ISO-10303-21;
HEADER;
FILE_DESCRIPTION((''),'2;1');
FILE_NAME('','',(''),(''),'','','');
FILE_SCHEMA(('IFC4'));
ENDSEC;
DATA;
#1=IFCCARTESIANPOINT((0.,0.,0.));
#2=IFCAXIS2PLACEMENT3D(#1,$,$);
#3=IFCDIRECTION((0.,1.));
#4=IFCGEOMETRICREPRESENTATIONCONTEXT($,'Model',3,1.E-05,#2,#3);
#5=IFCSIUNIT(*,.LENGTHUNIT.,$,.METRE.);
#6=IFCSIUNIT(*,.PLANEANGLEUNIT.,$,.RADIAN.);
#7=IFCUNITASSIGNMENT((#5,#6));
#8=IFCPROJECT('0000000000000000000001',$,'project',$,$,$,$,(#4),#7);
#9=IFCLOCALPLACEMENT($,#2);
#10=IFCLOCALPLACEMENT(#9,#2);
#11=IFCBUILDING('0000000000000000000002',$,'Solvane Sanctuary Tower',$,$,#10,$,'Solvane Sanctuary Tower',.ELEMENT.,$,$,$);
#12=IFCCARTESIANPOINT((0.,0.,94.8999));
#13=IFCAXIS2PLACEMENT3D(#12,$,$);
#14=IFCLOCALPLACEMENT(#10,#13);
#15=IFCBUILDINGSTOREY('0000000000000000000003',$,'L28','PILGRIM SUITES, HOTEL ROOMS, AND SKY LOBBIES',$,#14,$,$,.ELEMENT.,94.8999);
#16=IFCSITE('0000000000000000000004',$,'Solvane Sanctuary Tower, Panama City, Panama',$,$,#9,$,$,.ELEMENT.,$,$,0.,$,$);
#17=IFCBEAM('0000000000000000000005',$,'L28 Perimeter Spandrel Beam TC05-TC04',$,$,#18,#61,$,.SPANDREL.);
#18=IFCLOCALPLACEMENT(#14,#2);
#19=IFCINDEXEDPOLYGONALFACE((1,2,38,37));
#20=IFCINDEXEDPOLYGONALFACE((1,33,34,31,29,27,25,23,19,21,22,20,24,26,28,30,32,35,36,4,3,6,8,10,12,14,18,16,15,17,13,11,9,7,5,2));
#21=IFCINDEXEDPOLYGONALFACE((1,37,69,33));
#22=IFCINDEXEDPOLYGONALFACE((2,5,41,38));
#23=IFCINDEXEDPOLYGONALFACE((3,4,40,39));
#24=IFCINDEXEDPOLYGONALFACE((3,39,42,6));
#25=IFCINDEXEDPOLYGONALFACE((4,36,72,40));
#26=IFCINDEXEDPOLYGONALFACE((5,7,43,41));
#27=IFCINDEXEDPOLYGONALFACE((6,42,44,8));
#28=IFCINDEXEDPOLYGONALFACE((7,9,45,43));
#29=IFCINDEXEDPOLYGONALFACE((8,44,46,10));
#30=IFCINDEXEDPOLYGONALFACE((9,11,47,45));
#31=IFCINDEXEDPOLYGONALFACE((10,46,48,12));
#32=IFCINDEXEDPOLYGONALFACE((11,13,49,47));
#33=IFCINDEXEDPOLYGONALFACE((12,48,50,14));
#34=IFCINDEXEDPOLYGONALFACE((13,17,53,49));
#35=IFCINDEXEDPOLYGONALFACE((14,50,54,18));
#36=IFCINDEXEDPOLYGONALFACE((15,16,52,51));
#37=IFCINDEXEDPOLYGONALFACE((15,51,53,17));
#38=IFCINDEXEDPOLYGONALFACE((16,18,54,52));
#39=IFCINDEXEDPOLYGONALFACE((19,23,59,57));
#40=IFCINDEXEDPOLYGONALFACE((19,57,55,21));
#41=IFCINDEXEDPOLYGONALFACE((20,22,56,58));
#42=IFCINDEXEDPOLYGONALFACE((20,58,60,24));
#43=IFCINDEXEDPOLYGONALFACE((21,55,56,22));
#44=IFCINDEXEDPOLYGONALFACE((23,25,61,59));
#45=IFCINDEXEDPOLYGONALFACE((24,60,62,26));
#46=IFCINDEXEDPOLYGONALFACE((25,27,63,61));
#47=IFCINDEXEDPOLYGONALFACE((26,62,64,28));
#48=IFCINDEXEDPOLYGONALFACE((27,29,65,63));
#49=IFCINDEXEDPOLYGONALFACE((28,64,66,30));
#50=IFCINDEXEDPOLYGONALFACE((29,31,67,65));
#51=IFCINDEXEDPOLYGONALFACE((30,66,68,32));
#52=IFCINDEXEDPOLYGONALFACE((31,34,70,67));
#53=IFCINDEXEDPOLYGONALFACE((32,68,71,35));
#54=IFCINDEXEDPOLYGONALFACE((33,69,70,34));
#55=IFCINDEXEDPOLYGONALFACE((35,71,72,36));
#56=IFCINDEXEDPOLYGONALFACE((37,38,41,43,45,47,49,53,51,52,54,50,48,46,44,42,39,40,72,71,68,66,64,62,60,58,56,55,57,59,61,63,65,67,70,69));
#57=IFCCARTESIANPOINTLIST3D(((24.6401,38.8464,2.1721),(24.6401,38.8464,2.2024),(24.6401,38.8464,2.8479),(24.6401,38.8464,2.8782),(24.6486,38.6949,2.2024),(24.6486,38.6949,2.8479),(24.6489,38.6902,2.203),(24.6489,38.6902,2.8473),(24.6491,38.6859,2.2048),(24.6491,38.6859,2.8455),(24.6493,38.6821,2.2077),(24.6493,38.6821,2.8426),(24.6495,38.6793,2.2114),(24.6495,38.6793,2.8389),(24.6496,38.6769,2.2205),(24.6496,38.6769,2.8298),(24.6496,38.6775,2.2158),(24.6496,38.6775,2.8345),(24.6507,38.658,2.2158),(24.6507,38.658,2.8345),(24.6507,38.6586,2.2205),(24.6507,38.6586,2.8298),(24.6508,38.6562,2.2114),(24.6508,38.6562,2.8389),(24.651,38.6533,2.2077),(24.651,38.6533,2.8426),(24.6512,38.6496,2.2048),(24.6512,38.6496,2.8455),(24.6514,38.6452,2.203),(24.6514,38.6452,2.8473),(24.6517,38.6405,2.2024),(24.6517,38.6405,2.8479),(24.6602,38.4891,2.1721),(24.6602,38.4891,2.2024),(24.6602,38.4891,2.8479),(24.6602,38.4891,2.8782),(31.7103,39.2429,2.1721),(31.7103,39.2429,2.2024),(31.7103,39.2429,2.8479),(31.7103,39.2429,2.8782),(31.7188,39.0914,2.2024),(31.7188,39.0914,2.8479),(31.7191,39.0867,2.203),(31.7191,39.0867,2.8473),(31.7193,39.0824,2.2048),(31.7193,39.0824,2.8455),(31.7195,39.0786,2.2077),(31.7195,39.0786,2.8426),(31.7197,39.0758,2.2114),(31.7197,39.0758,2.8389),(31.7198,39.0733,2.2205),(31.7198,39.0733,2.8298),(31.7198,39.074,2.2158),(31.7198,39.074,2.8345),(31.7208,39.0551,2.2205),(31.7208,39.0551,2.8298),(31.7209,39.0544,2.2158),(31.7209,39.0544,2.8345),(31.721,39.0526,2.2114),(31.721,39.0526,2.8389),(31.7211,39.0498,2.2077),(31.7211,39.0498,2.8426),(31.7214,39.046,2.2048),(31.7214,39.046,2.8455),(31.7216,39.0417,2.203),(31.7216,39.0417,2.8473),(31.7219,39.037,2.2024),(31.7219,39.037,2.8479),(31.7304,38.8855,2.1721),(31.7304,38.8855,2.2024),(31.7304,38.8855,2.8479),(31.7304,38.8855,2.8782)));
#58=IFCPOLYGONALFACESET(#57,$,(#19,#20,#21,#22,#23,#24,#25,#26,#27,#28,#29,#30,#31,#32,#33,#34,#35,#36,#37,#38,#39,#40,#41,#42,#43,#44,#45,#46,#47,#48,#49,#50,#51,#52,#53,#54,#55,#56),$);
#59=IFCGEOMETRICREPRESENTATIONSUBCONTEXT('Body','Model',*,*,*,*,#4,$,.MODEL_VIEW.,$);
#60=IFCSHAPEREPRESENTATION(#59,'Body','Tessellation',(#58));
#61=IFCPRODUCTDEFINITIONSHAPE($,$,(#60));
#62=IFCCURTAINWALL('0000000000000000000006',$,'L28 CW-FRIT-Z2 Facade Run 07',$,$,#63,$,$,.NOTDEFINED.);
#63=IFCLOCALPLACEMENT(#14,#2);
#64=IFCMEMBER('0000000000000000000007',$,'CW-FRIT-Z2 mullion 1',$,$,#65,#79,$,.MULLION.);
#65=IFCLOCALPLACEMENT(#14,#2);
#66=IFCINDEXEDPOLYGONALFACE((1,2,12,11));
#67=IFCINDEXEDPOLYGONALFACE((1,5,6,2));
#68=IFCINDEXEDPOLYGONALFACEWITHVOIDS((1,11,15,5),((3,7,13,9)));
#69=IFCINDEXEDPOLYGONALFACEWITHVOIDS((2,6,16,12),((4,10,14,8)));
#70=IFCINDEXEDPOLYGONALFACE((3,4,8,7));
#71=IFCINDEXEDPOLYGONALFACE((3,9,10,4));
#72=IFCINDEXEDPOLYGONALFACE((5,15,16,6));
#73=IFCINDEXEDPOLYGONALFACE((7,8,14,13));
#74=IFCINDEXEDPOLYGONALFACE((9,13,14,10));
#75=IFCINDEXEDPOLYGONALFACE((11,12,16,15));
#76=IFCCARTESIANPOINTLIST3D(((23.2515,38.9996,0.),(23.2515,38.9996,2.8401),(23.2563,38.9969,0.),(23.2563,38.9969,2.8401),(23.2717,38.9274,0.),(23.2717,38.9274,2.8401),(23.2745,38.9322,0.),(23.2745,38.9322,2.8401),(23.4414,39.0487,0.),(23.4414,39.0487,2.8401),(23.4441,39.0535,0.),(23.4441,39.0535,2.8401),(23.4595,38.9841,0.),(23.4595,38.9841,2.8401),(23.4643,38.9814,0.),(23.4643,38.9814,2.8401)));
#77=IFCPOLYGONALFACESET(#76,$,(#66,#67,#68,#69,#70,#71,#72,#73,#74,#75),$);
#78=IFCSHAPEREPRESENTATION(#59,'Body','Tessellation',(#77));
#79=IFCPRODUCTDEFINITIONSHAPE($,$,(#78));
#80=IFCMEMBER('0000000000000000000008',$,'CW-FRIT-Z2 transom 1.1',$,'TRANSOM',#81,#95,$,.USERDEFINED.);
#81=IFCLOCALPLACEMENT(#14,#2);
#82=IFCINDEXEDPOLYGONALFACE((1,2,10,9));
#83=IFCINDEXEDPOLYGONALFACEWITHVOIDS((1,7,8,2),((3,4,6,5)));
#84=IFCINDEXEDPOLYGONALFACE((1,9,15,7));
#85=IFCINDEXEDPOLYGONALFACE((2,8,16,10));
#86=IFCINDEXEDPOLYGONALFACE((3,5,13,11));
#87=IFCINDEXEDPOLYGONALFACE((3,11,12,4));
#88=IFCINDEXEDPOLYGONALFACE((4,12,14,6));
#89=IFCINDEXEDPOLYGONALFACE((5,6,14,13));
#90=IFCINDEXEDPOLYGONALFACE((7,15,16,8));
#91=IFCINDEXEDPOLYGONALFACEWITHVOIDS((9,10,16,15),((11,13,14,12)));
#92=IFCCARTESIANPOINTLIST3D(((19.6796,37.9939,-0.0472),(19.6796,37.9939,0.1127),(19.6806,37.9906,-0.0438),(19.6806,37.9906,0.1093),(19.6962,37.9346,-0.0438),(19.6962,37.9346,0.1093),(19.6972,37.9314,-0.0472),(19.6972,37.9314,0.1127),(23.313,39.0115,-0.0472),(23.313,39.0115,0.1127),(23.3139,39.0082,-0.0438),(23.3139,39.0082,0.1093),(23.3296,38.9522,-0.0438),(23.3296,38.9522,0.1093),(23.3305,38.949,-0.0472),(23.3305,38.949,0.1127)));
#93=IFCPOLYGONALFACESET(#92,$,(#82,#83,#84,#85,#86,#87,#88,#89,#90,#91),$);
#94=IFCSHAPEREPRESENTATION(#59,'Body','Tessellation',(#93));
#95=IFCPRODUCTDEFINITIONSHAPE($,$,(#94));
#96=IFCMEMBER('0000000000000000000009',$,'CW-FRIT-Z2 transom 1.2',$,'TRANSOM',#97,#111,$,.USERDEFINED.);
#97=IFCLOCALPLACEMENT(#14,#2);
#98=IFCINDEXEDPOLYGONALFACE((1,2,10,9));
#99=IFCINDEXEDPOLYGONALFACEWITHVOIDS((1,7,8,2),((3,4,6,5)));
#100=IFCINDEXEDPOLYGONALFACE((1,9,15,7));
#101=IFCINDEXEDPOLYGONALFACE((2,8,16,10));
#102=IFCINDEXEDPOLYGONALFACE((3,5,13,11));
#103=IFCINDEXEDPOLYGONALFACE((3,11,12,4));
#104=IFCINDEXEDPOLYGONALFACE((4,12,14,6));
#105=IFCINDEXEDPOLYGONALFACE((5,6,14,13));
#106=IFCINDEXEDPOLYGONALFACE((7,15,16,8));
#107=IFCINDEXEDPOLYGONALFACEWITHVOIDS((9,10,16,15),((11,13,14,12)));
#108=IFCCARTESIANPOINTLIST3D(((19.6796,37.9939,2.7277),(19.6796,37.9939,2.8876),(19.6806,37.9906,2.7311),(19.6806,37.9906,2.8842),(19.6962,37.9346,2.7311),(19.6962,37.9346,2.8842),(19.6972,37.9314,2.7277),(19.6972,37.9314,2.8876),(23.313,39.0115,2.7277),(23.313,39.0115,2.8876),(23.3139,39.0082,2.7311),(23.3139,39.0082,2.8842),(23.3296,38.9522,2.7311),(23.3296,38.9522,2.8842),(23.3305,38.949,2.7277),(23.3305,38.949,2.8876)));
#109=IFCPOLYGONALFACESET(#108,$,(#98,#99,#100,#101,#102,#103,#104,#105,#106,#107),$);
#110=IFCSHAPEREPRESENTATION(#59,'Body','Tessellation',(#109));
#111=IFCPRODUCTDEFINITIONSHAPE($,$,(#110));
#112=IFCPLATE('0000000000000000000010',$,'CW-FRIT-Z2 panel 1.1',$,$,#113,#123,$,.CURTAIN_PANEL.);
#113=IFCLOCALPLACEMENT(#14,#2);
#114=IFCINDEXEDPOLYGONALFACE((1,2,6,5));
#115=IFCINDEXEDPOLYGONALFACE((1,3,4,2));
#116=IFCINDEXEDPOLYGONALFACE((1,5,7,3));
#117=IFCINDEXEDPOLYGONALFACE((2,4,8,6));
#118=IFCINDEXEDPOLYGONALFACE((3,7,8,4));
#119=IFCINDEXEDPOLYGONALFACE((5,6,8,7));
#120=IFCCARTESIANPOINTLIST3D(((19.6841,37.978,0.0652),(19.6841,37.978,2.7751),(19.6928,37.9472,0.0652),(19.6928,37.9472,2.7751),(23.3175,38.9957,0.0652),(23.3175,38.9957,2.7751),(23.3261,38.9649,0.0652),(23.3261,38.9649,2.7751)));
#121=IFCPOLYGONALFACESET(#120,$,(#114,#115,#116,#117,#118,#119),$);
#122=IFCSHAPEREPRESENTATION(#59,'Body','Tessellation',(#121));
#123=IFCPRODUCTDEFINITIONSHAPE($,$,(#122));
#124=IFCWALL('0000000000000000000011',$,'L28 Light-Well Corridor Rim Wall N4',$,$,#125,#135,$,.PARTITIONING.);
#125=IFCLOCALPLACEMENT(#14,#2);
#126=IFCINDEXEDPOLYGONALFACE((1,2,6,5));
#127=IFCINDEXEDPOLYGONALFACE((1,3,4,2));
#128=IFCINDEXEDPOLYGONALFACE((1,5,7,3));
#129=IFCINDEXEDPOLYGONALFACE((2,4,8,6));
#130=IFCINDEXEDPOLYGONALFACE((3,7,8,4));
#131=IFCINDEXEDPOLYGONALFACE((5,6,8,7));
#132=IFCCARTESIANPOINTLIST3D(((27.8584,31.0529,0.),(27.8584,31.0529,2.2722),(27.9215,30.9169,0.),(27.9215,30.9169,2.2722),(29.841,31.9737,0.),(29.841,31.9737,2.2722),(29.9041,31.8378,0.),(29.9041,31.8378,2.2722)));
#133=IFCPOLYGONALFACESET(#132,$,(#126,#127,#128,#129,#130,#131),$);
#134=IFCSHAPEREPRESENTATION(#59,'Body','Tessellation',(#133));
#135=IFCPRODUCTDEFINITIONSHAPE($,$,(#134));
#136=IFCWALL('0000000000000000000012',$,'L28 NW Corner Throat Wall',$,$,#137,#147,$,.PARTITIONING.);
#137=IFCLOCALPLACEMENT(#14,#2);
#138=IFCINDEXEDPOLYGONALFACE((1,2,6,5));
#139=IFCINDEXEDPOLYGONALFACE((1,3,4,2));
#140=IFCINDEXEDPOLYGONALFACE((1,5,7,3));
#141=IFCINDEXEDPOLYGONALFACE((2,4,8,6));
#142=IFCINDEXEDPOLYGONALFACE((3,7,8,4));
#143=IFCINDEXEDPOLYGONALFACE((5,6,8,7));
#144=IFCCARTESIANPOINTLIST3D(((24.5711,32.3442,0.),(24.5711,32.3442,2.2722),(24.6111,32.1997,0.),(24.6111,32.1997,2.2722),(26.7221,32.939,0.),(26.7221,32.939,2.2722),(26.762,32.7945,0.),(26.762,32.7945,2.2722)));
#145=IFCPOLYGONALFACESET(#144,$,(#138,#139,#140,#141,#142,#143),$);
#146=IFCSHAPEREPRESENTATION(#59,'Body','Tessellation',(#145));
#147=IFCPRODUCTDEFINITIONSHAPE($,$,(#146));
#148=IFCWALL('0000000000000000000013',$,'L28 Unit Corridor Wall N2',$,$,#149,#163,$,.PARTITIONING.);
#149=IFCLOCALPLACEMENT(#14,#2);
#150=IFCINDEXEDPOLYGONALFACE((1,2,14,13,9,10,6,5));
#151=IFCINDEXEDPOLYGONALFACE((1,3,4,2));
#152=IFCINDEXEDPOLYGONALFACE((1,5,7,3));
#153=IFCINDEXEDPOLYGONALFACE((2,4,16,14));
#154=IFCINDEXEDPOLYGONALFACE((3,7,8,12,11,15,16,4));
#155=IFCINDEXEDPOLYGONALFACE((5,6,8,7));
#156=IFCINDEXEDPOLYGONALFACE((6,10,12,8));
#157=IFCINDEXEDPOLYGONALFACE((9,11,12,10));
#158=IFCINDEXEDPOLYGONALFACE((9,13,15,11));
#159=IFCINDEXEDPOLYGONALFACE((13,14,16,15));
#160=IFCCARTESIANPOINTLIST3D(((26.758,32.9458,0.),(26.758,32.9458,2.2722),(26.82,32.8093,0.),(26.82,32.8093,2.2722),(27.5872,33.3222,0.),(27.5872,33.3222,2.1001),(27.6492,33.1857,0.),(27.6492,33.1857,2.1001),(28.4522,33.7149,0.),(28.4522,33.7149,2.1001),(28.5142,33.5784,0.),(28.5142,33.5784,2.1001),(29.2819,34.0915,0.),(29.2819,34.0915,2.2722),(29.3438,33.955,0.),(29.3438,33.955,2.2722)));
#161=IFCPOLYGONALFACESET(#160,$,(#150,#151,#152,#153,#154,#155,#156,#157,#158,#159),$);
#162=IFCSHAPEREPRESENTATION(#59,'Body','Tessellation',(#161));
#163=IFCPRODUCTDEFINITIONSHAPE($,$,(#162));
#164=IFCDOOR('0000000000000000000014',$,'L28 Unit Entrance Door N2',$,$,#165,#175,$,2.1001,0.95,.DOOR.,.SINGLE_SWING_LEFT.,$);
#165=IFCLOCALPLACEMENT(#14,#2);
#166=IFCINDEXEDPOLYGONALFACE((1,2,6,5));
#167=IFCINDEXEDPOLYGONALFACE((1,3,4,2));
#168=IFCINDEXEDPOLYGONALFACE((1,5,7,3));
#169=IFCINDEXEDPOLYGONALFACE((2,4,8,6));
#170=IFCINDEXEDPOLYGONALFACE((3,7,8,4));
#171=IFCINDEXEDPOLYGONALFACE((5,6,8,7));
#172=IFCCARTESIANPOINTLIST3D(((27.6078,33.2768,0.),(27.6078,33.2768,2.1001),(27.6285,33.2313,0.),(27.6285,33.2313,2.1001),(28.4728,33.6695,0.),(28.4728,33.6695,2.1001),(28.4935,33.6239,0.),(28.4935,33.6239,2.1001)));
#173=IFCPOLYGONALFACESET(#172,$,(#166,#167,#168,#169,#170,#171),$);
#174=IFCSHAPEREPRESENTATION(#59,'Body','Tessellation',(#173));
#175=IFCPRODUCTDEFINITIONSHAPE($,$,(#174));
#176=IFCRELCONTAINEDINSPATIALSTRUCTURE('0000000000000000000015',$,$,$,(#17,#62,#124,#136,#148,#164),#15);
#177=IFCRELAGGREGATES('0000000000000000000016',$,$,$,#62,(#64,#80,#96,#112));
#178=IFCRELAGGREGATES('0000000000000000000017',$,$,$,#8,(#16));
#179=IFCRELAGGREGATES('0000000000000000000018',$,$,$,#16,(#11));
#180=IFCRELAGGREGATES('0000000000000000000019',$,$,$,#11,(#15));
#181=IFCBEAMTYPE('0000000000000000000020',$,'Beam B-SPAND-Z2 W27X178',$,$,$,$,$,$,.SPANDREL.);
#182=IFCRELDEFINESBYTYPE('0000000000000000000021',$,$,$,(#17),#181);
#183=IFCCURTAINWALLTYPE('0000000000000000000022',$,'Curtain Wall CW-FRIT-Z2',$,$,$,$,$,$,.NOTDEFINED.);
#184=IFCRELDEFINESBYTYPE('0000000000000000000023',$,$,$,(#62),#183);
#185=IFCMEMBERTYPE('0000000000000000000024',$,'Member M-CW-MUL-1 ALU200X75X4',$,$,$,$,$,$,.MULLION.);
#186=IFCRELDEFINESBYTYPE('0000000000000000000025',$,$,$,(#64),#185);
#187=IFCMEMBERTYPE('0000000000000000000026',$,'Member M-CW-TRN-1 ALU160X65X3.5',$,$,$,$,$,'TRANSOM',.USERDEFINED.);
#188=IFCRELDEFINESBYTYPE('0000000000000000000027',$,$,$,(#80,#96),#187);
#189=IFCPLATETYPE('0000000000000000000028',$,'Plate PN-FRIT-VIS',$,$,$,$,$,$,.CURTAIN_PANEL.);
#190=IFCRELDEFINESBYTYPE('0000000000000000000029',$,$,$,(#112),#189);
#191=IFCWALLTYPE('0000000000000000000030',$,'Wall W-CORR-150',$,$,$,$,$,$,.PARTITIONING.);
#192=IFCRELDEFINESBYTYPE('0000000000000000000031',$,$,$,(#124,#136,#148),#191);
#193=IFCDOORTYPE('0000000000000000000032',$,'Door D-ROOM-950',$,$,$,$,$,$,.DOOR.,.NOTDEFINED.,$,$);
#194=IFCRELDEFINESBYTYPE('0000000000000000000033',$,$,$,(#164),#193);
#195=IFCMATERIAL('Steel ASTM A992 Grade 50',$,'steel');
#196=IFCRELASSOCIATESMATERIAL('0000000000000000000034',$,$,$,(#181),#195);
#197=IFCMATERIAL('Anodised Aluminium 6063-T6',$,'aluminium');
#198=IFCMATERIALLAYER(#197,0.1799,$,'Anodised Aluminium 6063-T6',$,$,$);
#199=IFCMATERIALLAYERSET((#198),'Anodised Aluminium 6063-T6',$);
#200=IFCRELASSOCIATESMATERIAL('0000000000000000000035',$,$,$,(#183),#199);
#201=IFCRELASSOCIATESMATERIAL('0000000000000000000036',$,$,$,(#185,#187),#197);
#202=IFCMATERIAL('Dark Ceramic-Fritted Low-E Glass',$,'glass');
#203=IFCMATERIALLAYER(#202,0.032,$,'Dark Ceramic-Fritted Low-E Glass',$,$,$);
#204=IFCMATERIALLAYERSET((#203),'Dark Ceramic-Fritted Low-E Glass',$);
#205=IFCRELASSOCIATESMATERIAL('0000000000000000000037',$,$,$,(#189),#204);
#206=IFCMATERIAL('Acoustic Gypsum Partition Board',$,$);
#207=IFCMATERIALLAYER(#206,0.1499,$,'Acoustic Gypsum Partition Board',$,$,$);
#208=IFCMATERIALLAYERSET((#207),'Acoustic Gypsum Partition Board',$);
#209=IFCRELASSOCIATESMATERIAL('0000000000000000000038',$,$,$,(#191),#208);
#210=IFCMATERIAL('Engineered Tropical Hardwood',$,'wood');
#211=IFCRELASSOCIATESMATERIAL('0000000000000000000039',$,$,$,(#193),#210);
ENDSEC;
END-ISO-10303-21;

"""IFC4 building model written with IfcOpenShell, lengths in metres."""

from ifc_helpers import new_model, si_unit, direction, frame, frame_2d, origin, origin_2d, place, context, subcontext, project, spatial, rectangle, hollow_rectangle, i_section, extrude, material, layer, layer_set, material_profile, profile_set, type_object, element, fill, aggregate, save


model = new_model("IFC4")

# Units and contexts
model_context = context("Model", 3, precision=1e-05, world=origin(), true_north=direction((0.0, 1.0)))
body_context = subcontext(model_context, "Body", "Model", "MODEL_VIEW")
ifc_project = project(units=[si_unit("LENGTHUNIT", "METRE"), si_unit("PLANEANGLEUNIT", "RADIAN")], contexts=[model_context])

# Site, building, storey
site_placement = place(None, origin())
site = spatial("IfcSite", under=ifc_project, at=site_placement, Name="Solvane Sanctuary Tower, Panama City, Panama", CompositionType="ELEMENT", RefElevation=0.0)
building_placement = place(site_placement, origin())
building = spatial("IfcBuilding", under=site, at=building_placement, Name="Solvane Sanctuary Tower", LongName="Solvane Sanctuary Tower", CompositionType="ELEMENT")
storey_placement = place(building_placement, frame((0.0, 0.0, 94.8999)))
storey = spatial("IfcBuildingStorey", under=building, at=storey_placement, Name="L28", Description="PILGRIM SUITES, HOTEL ROOMS, AND SKY LOBBIES", CompositionType="ELEMENT", Elevation=94.8999)

# Beam
ifc_material_1 = material(Name="Steel ASTM A992 Grade 50", Category="steel")
ifc_material_profile_1 = material_profile(ifc_material_1, i_section(OverallWidth=0.3579, OverallDepth=0.7061, WebThickness=0.0183, FlangeThickness=0.0303, FilletRadius=0.0181, at=origin_2d()), Name="W27X178")
ifc_profile_set_1 = profile_set([ifc_material_profile_1], Name="Steel ASTM A992 Grade 50")
beam_type_1 = type_object("IfcBeamType", Name="Beam B-SPAND-Z2 W27X178", PredefinedType="SPANDREL", material=ifc_profile_set_1)
beam_1_placement = place(storey_placement, frame((24.6501, 38.6677, 2.5251), z_axis=(0.998431, 0.055989, 0.0), x_axis=(-0.055989, 0.998431, 0.0)))
element("IfcBeam", 1, at=beam_1_placement, inside=storey, type_object=beam_type_1, Name="L28 Perimeter Spandrel Beam TC05-TC04", PredefinedType="SPANDREL", context=body_context, shape_type="SweptSolid", body=[
    extrude(i_section(OverallWidth=0.3579, OverallDepth=0.7061, WebThickness=0.0183, FlangeThickness=0.0303, FilletRadius=0.0181, at=origin_2d()), origin(), (0.0, 0.0, 1.0), 7.0813),
])

# Curtain wall, members, plate
ifc_material_2 = material(Name="Anodised Aluminium 6063-T6", Category="aluminium")
ifc_layer_1 = layer(ifc_material_2, 0.1799, Name="Anodised Aluminium 6063-T6")
ifc_layer_set_1 = layer_set([ifc_layer_1], Name="Anodised Aluminium 6063-T6")
curtain_wall_type = type_object("IfcCurtainWallType", Name="Curtain Wall CW-FRIT-Z2", PredefinedType="NOTDEFINED", material=ifc_layer_set_1)
curtain_wall_placement = place(storey_placement, origin())
curtain_wall = element("IfcCurtainWall", 2, at=curtain_wall_placement, inside=storey, type_object=curtain_wall_type, Name="L28 CW-FRIT-Z2 Facade Run 07", PredefinedType="NOTDEFINED")
ifc_material_profile_2 = material_profile(ifc_material_2, hollow_rectangle(XDim=0.075, YDim=0.2, WallThickness=0.0039, at=origin_2d()), Name="ALU200X75X4")
ifc_profile_set_2 = profile_set([ifc_material_profile_2], Name="Anodised Aluminium 6063-T6")
member_type_1 = type_object("IfcMemberType", Name="Member M-CW-MUL-1 ALU200X75X4", PredefinedType="MULLION", material=ifc_profile_set_2)
member_1_placement = place(storey_placement, frame((23.3579, 38.9905, 0.0), z_axis=(0.0, 0.0, 1.0), x_axis=(0.269705, -0.962943, 0.0)))
member_1 = element("IfcMember", 3, at=member_1_placement, type_object=member_type_1, Name="CW-FRIT-Z2 mullion 1", PredefinedType="MULLION", context=body_context, shape_type="SweptSolid", body=[
    extrude(hollow_rectangle(XDim=0.075, YDim=0.2, WallThickness=0.0039, at=origin_2d()), origin(), (0.0, 0.0, 1.0), 2.8401),
])
ifc_material_profile_3 = material_profile(ifc_material_2, hollow_rectangle(XDim=0.0649, YDim=0.1599, WallThickness=0.0034, at=origin_2d()), Name="ALU160X65X3.5")
ifc_profile_set_3 = profile_set([ifc_material_profile_3], Name="Anodised Aluminium 6063-T6")
member_type_2 = type_object("IfcMemberType", Name="Member M-CW-TRN-1 ALU160X65X3.5", ElementType="TRANSOM", PredefinedType="USERDEFINED", material=ifc_profile_set_3)
member_2_placement = place(storey_placement, frame((23.3218, 38.9802, 0.0327), z_axis=(-0.962947, -0.269692, 0.0), x_axis=(0.269692, -0.962947, 0.0)))
member_2 = element("IfcMember", 4, at=member_2_placement, type_object=member_type_2, Name="CW-FRIT-Z2 transom 1.1", ObjectType="TRANSOM", PredefinedType="USERDEFINED", context=body_context, shape_type="SweptSolid", body=[
    extrude(hollow_rectangle(XDim=0.0649, YDim=0.1599, WallThickness=0.0034, at=origin_2d()), origin(), (0.0, 0.0, 1.0), 3.7732),
])
member_3_placement = place(storey_placement, frame((23.3218, 38.9802, 2.8076), z_axis=(-0.962947, -0.269692, 0.0), x_axis=(0.269692, -0.962947, 0.0)))
member_3 = element("IfcMember", 5, at=member_3_placement, type_object=member_type_2, Name="CW-FRIT-Z2 transom 1.2", ObjectType="TRANSOM", PredefinedType="USERDEFINED", context=body_context, shape_type="SweptSolid", body=[
    extrude(hollow_rectangle(XDim=0.0649, YDim=0.1599, WallThickness=0.0034, at=origin_2d()), origin(), (0.0, 0.0, 1.0), 3.7732),
])
ifc_material_3 = material(Name="Dark Ceramic-Fritted Low-E Glass", Category="glass")
ifc_layer_2 = layer(ifc_material_3, 0.032, Name="Dark Ceramic-Fritted Low-E Glass")
ifc_layer_set_2 = layer_set([ifc_layer_2], Name="Dark Ceramic-Fritted Low-E Glass")
plate_type = type_object("IfcPlateType", Name="Plate PN-FRIT-VIS", PredefinedType="CURTAIN_PANEL", material=ifc_layer_set_2)
plate_placement = place(storey_placement, frame((21.5051, 38.4714, 0.0652), z_axis=(0.0, 0.0, 1.0), x_axis=(-0.962943, -0.269705, 0.0)))
plate = element("IfcPlate", 6, at=plate_placement, type_object=plate_type, Name="CW-FRIT-Z2 panel 1.1", PredefinedType="CURTAIN_PANEL", context=body_context, shape_type="SweptSolid", body=[
    extrude(rectangle(XDim=3.7732, YDim=0.032, at=origin_2d()), origin(), (0.0, 0.0, 1.0), 2.71),
])
aggregate(curtain_wall, [member_1, member_2, member_3, plate])

# Walls
ifc_material_4 = material(Name="Acoustic Gypsum Partition Board")
ifc_layer_3 = layer(ifc_material_4, 0.1499, Name="Acoustic Gypsum Partition Board")
ifc_layer_set_3 = layer_set([ifc_layer_3], Name="Acoustic Gypsum Partition Board")
wall_type_1 = type_object("IfcWallType", Name="Wall W-CORR-150", PredefinedType="PARTITIONING", material=ifc_layer_set_3)
wall_1_placement = place(storey_placement, frame((29.8726, 31.9058, 0.0), z_axis=(0.0, 0.0, 1.0), x_axis=(-0.906943, -0.421252, 0.0)))
element("IfcWall", 7, at=wall_1_placement, inside=storey, type_object=wall_type_1, Name="L28 Light-Well Corridor Rim Wall N4", PredefinedType="PARTITIONING", context=body_context, shape_type="SweptSolid", body=[
    extrude(rectangle(XDim=2.186, YDim=0.1499, at=frame_2d((1.093, 0.0))), origin(), (0.0, 0.0, 1.0), 2.2722),
])
wall_2_placement = place(storey_placement, frame((26.7419, 32.8667, 0.0), z_axis=(0.0, 0.0, 1.0), x_axis=(-0.963834, -0.266504, 0.0)))
element("IfcWall", 8, at=wall_2_placement, inside=storey, type_object=wall_type_1, Name="L28 NW Corner Throat Wall", PredefinedType="PARTITIONING", context=body_context, shape_type="SweptSolid", body=[
    extrude(rectangle(XDim=2.2317, YDim=0.1499, at=frame_2d((1.1157, 0.0))), origin(), (0.0, 0.0, 1.0), 2.2722),
])

# Wall, opening, door
wall_3_placement = place(storey_placement, frame((29.3127, 34.0232, 0.0), z_axis=(0.0, 0.0, 1.0), x_axis=(-0.910568, -0.413358, 0.0)))
wall_3 = element("IfcWall", 9, at=wall_3_placement, inside=storey, type_object=wall_type_1, Name="L28 Unit Corridor Wall N2", PredefinedType="PARTITIONING", context=body_context, shape_type="SweptSolid", body=[
    extrude(rectangle(XDim=2.7717, YDim=0.1499, at=frame_2d((1.3857, 0.0))), origin(), (0.0, 0.0, 1.0), 2.2722),
])
opening_placement = place(wall_3_placement, frame((0.9109, 0.0, 0.0)))
opening = element("IfcOpeningElement", 10, at=opening_placement, cuts=wall_3, PredefinedType="OPENING", context=body_context, shape_type="SweptSolid", body=[
    extrude(rectangle(XDim=0.95, YDim=2.1001, at=frame_2d((0.4751, 1.05))), frame((0.0, 0.085, 0.0), z_axis=(0.0, -1.0, 0.0), x_axis=(1.0, 0.0, 0.0)), (0.0, 0.0, 1.0), 0.1699),
])
ifc_material_5 = material(Name="Engineered Tropical Hardwood", Category="wood")
door_type = type_object("IfcDoorType", Name="Door D-ROOM-950", OperationType="NOTDEFINED", PredefinedType="DOOR", material=ifc_material_5)
door_placement = place(opening_placement, origin())
door = element("IfcDoor", 11, at=door_placement, inside=storey, type_object=door_type, Name="L28 Unit Entrance Door N2", OperationType="SINGLE_SWING_LEFT", OverallHeight=2.1001, OverallWidth=0.95, PredefinedType="DOOR", context=body_context, shape_type="SweptSolid", body=[
    extrude(rectangle(XDim=0.95, YDim=2.1001, at=frame_2d((0.4751, 1.05))), frame((0.0, 0.0249, 0.0), z_axis=(0.0, -1.0, 0.0), x_axis=(1.0, 0.0, 0.0)), (0.0, 0.0, 1.0), 0.05),
])
fill(opening, door)

save(model, "model.ifc")
